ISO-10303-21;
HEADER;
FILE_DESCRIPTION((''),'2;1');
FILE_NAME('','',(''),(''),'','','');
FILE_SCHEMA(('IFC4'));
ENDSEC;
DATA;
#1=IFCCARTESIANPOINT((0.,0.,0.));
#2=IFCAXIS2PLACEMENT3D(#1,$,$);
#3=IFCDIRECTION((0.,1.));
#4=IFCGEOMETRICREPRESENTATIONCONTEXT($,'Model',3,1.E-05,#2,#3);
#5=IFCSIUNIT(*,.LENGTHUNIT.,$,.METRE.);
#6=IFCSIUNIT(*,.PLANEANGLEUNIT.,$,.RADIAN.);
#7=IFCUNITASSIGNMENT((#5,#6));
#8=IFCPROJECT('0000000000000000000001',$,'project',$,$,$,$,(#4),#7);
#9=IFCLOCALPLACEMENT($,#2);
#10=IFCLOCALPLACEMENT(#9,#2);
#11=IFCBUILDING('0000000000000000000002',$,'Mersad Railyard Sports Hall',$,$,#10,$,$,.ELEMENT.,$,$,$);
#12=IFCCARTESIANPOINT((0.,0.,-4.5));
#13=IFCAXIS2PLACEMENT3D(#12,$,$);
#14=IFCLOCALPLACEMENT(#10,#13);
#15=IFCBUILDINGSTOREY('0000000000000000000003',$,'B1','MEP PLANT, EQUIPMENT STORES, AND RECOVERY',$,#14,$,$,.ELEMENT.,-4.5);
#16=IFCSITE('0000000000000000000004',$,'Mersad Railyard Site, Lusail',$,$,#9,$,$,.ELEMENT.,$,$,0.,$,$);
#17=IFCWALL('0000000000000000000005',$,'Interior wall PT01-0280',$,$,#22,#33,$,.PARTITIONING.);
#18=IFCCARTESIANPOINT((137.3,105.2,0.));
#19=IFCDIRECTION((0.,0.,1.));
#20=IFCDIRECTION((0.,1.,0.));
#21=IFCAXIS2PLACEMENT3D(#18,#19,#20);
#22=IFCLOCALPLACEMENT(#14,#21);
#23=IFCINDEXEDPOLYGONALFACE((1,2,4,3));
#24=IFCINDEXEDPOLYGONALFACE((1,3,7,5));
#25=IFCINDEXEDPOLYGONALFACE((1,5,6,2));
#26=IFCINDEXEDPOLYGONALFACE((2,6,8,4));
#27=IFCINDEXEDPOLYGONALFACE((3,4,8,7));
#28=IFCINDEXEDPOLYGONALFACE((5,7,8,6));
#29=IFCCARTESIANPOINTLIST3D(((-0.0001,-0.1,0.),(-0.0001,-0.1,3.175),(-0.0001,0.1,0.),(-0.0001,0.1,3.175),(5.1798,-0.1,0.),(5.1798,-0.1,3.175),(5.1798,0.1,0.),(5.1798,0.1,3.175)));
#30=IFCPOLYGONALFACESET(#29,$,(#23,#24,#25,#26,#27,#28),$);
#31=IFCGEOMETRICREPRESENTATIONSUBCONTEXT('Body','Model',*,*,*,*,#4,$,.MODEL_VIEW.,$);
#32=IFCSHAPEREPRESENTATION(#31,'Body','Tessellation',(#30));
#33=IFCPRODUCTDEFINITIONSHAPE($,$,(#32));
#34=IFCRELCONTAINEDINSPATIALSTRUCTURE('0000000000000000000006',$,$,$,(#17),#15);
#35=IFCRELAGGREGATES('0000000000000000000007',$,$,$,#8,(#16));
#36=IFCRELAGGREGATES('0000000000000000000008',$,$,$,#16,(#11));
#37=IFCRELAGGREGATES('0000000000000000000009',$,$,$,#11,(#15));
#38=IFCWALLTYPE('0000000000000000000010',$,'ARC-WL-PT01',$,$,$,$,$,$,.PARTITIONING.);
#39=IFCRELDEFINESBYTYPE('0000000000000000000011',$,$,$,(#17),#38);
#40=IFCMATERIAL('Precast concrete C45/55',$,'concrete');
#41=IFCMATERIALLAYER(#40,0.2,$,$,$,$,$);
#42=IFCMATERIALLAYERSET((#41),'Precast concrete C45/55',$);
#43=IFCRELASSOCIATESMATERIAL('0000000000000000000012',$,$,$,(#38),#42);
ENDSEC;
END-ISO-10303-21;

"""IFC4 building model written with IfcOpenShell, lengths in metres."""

from ifc_helpers import new_model, si_unit, direction, frame, frame_2d, origin, place, context, subcontext, project, spatial, rectangle, extrude, material, layer, layer_set, type_object, element, save


model = new_model("IFC4")

# Units and contexts
model_context = context("Model", 3, precision=1e-05, world=origin(), true_north=direction((0.0, 1.0)))
body_context = subcontext(model_context, "Body", "Model", "MODEL_VIEW")
ifc_project = project(units=[si_unit("LENGTHUNIT", "METRE"), si_unit("PLANEANGLEUNIT", "RADIAN")], contexts=[model_context])

# Site, building, storey
site_placement = place(None, origin())
site = spatial("IfcSite", under=ifc_project, at=site_placement, Name="Mersad Railyard Site, Lusail", CompositionType="ELEMENT", RefElevation=0.0)
building_placement = place(site_placement, origin())
building = spatial("IfcBuilding", under=site, at=building_placement, Name="Mersad Railyard Sports Hall", CompositionType="ELEMENT")
storey_placement = place(building_placement, frame((0.0, 0.0, -4.5)))
storey = spatial("IfcBuildingStorey", under=building, at=storey_placement, Name="B1", Description="MEP PLANT, EQUIPMENT STORES, AND RECOVERY", CompositionType="ELEMENT", Elevation=-4.5)

# Wall
ifc_material_1 = material(Name="Precast concrete C45/55", Category="concrete")
ifc_layer_1 = layer(ifc_material_1, 0.2)
ifc_layer_set_1 = layer_set([ifc_layer_1], Name="Precast concrete C45/55")
wall_type_1 = type_object("IfcWallType", Name="ARC-WL-PT01", PredefinedType="PARTITIONING", material=ifc_layer_set_1)
wall_1_placement = place(storey_placement, frame((137.3, 105.2, 0.0), z_axis=(0.0, 0.0, 1.0), x_axis=(0.0, 1.0, 0.0)))
element("IfcWall", 1, at=wall_1_placement, inside=storey, type_object=wall_type_1, Name="Interior wall PT01-0280", PredefinedType="PARTITIONING", context=body_context, shape_type="SweptSolid", body=[
    extrude(rectangle(XDim=5.1799, YDim=0.2, at=frame_2d((2.5898, 0.0))), origin(), (0.0, 0.0, 1.0), 3.175),
])

save(model, "model.ifc")
